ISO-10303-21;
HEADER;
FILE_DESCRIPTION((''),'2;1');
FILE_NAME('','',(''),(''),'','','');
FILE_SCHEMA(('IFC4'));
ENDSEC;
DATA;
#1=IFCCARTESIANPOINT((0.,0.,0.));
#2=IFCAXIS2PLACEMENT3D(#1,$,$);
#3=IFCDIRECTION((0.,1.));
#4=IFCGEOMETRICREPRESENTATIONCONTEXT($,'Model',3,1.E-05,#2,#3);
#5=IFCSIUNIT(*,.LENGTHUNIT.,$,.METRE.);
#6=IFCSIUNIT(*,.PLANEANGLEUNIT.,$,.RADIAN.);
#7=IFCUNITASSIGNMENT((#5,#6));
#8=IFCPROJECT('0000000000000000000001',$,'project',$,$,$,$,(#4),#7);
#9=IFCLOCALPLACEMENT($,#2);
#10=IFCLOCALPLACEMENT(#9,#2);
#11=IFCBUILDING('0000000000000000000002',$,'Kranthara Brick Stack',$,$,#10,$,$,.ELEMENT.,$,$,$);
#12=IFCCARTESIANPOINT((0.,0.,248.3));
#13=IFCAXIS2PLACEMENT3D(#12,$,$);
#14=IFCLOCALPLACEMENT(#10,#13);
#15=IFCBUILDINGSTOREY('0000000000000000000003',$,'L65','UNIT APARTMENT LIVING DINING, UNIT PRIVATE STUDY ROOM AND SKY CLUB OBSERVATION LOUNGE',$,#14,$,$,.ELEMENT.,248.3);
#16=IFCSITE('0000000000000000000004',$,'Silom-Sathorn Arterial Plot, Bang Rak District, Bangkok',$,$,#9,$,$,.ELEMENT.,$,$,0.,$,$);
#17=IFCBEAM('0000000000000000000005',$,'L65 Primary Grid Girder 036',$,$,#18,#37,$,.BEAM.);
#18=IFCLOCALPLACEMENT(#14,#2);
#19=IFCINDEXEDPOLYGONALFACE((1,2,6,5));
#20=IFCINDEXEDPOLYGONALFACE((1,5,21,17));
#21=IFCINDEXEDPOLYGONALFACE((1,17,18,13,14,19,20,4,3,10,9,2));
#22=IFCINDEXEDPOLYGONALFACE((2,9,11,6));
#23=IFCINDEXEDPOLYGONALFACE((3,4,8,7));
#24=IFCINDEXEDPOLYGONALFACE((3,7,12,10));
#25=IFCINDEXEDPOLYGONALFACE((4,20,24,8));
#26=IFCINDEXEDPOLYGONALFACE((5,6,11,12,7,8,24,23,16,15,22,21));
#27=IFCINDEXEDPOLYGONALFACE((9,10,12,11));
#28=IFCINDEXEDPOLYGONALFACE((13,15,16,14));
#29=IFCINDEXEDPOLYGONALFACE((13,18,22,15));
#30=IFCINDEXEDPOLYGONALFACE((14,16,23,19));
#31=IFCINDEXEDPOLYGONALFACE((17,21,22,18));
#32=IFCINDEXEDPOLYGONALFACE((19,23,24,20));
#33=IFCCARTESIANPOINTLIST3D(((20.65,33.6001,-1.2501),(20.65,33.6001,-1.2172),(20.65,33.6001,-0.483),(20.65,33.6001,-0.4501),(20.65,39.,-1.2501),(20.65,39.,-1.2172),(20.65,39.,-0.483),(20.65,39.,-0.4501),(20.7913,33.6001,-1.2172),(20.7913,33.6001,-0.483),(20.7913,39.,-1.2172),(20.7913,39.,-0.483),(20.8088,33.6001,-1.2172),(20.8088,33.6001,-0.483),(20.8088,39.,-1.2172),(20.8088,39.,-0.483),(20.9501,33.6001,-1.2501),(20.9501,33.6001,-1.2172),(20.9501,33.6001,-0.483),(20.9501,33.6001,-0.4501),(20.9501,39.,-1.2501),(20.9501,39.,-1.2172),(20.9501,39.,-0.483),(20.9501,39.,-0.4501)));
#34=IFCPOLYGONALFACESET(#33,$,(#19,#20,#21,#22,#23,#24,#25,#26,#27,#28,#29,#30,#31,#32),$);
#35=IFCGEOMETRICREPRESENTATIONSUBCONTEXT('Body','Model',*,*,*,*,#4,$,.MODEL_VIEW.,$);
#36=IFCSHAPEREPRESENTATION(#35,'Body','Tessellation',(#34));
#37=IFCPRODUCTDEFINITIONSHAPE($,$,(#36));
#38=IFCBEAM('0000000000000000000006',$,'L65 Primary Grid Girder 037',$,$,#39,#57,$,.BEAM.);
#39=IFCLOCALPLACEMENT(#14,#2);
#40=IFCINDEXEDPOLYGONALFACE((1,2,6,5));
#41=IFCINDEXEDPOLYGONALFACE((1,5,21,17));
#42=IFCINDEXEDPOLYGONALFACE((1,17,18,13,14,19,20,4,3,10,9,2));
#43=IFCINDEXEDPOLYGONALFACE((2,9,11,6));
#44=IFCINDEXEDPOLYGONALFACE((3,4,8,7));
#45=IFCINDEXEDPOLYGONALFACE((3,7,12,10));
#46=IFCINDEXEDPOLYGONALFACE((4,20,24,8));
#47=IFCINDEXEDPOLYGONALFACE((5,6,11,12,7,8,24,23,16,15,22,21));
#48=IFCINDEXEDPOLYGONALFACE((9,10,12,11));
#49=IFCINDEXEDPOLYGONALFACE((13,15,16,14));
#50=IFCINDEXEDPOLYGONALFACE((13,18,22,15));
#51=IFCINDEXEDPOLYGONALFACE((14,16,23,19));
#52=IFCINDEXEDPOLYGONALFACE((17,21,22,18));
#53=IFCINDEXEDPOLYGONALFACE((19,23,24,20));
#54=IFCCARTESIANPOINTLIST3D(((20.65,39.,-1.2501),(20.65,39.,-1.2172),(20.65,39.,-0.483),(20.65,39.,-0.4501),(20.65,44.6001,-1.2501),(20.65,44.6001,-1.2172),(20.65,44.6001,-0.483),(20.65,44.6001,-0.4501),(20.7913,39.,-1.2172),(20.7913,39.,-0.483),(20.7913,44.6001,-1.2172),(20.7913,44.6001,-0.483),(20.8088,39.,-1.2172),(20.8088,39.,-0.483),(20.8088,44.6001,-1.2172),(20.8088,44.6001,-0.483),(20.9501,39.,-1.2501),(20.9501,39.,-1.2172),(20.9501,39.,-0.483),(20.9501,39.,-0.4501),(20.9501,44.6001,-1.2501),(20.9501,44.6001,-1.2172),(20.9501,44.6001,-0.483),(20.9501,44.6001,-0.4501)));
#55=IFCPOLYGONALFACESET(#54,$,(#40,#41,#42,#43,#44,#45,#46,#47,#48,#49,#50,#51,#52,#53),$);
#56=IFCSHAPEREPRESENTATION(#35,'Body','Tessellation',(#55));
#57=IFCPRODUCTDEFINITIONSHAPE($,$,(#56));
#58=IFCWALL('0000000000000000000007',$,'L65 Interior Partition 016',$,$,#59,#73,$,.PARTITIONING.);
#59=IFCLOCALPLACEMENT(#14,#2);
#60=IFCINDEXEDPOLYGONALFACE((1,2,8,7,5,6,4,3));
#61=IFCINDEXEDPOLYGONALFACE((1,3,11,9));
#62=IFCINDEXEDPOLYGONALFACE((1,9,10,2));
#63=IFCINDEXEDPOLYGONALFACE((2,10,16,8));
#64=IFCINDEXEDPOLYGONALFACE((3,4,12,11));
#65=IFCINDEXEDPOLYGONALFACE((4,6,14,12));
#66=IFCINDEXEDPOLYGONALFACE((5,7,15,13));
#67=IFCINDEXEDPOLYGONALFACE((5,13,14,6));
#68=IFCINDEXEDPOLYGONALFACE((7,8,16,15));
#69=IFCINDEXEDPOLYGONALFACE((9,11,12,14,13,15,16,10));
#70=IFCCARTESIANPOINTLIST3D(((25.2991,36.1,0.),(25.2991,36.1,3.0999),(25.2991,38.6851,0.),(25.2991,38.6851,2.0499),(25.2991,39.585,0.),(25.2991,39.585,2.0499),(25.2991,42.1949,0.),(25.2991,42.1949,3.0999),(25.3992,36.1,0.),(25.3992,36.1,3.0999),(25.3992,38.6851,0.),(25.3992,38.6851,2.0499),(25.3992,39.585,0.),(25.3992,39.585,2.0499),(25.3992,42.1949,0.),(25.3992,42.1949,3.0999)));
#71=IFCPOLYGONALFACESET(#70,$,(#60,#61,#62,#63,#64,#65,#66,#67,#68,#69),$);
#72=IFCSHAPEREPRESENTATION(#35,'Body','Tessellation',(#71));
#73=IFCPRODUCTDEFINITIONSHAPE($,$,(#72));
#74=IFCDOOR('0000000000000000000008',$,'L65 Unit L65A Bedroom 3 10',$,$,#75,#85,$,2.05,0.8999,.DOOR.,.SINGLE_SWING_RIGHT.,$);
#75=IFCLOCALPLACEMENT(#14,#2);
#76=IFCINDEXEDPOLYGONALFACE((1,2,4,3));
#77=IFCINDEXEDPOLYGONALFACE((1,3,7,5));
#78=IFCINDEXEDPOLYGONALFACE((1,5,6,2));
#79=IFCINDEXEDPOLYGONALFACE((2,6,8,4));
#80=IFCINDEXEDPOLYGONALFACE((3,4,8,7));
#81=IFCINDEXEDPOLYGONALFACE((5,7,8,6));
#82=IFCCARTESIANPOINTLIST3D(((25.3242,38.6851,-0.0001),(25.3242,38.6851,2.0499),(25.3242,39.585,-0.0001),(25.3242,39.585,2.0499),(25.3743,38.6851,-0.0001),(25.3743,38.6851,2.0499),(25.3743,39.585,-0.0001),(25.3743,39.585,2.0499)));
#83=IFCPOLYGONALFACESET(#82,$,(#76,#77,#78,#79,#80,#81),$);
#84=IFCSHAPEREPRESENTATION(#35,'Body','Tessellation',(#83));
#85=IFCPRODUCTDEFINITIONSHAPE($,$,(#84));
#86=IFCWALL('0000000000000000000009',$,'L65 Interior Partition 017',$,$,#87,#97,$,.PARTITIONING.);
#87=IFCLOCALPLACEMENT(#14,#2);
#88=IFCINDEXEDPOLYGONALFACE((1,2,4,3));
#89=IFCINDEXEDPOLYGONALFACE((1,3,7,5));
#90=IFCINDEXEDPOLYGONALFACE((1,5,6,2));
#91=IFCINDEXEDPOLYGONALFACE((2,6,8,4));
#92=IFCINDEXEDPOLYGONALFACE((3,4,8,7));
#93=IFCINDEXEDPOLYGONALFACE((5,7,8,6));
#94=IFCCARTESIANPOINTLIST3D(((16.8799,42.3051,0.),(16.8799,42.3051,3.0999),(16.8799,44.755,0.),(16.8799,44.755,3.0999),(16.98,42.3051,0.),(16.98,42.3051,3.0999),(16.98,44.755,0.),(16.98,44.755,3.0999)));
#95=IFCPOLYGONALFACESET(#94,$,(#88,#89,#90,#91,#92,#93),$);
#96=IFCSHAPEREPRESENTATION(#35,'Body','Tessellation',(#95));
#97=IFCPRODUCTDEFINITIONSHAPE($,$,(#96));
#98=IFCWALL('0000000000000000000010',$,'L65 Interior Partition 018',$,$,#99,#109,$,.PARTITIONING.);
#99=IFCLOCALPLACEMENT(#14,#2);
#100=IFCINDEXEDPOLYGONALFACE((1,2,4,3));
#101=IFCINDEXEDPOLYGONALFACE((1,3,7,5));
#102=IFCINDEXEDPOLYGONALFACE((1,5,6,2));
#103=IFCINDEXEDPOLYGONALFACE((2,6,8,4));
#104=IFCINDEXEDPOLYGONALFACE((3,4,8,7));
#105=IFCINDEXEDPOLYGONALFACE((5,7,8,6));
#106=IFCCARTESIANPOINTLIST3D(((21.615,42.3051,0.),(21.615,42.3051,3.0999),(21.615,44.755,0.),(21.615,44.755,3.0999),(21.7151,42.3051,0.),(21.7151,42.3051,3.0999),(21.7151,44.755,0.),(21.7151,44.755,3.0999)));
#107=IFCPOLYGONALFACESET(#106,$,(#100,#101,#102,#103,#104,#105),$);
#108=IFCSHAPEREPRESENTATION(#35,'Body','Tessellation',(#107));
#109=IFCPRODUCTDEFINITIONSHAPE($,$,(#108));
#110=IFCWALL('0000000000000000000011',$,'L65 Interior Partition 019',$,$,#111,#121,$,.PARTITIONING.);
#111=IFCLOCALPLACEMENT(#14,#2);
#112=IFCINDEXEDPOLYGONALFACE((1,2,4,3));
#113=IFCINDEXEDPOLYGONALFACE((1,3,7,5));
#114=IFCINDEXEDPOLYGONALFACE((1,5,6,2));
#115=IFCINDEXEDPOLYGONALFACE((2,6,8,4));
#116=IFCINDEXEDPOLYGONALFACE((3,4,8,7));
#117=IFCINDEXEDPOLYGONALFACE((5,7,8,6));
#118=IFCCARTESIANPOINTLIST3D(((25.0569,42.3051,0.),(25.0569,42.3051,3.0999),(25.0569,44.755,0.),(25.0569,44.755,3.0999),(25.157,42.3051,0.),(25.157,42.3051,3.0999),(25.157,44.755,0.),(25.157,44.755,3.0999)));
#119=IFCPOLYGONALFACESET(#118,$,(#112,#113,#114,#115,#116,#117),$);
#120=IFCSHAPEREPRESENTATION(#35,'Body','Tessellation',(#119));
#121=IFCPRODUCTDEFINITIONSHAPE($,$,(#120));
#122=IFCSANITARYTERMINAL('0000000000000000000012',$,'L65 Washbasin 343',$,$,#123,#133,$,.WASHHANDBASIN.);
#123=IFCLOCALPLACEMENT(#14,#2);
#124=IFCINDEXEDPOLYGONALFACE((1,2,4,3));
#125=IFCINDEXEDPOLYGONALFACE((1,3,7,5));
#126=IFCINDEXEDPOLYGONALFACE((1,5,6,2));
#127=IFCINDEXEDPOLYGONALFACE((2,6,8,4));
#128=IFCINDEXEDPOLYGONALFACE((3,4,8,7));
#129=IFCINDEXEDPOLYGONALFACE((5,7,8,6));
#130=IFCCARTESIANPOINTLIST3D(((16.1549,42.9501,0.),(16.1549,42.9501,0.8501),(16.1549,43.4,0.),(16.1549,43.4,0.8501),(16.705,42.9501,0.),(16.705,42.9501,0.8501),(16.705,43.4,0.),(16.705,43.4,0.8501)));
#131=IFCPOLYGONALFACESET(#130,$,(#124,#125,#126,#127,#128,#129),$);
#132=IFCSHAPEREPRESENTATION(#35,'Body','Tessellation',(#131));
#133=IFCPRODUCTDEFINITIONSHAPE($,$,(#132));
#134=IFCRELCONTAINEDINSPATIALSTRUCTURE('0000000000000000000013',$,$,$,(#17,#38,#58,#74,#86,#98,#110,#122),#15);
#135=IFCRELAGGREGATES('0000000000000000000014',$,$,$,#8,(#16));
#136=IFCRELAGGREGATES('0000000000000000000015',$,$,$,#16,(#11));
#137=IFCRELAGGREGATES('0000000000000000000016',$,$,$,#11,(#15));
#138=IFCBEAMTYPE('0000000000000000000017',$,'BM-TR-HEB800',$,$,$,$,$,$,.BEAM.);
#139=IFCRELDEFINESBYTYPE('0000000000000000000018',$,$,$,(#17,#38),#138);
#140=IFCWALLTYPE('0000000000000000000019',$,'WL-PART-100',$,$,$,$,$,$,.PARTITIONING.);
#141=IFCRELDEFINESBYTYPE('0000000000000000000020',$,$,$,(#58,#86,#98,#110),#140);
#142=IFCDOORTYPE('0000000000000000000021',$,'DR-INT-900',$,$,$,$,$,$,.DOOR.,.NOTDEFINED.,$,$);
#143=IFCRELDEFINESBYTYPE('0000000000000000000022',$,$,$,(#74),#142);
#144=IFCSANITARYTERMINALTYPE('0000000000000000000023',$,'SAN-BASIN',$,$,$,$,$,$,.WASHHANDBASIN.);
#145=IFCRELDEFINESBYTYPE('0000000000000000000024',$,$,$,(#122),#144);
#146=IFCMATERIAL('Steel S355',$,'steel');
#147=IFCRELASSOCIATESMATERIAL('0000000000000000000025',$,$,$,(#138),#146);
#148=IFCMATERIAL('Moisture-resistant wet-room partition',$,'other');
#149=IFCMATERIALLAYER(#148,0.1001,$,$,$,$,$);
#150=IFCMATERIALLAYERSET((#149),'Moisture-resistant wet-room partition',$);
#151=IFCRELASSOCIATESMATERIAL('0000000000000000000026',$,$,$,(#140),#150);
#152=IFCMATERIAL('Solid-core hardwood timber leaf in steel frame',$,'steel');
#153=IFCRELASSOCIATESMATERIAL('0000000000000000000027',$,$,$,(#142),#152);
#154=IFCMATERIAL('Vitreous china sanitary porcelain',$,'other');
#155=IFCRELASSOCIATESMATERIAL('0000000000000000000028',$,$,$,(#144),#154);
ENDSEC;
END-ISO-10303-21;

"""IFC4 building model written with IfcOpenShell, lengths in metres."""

from ifc_helpers import new_model, si_unit, direction, frame, frame_2d, origin, origin_2d, place, context, subcontext, project, spatial, rectangle, i_section, extrude, material, layer, layer_set, material_profile, profile_set, type_object, element, fill, save


model = new_model("IFC4")

# Units and contexts
model_context = context("Model", 3, precision=1e-05, world=origin(), true_north=direction((0.0, 1.0)))
body_context = subcontext(model_context, "Body", "Model", "MODEL_VIEW")
ifc_project = project(units=[si_unit("LENGTHUNIT", "METRE"), si_unit("PLANEANGLEUNIT", "RADIAN")], contexts=[model_context])

# Site, building, storey
site_placement = place(None, origin())
site = spatial("IfcSite", under=ifc_project, at=site_placement, Name="Silom-Sathorn Arterial Plot, Bang Rak District, Bangkok", CompositionType="ELEMENT", RefElevation=0.0)
building_placement = place(site_placement, origin())
building = spatial("IfcBuilding", under=site, at=building_placement, Name="Kranthara Brick Stack", CompositionType="ELEMENT")
storey_placement = place(building_placement, frame((0.0, 0.0, 248.3)))
storey = spatial("IfcBuildingStorey", under=building, at=storey_placement, Name="L65", Description="UNIT APARTMENT LIVING DINING, UNIT PRIVATE STUDY ROOM AND SKY CLUB OBSERVATION LOUNGE", CompositionType="ELEMENT", Elevation=248.3)

# Beams
ifc_material_1 = material(Name="Steel S355", Category="steel")
ifc_material_profile_1 = material_profile(ifc_material_1, i_section(OverallWidth=0.3, OverallDepth=0.8, WebThickness=0.0176, FlangeThickness=0.033, at=origin_2d()), Name="HEB 800")
ifc_profile_set_1 = profile_set([ifc_material_profile_1], Name="Steel S355")
beam_type_1 = type_object("IfcBeamType", Name="BM-TR-HEB800", PredefinedType="BEAM", material=ifc_profile_set_1)
beam_1_placement = place(storey_placement, frame((20.8, 33.6001, -0.8501), z_axis=(0.0, 1.0, 0.0), x_axis=(-1.0, 0.0, 0.0)))
element("IfcBeam", 1, at=beam_1_placement, inside=storey, type_object=beam_type_1, Name="L65 Primary Grid Girder 036", PredefinedType="BEAM", context=body_context, shape_type="SweptSolid", body=[
    extrude(i_section(OverallWidth=0.3, OverallDepth=0.8, WebThickness=0.0176, FlangeThickness=0.033, at=origin_2d()), origin(), (0.0, 0.0, 1.0), 5.3999),
])
beam_2_placement = place(storey_placement, frame((20.8, 39.0, -0.8501), z_axis=(0.0, 1.0, 0.0), x_axis=(-1.0, 0.0, 0.0)))
element("IfcBeam", 2, at=beam_2_placement, inside=storey, type_object=beam_type_1, Name="L65 Primary Grid Girder 037", PredefinedType="BEAM", context=body_context, shape_type="SweptSolid", body=[
    extrude(i_section(OverallWidth=0.3, OverallDepth=0.8, WebThickness=0.0176, FlangeThickness=0.033, at=origin_2d()), origin(), (0.0, 0.0, 1.0), 5.6001),
])

# Wall, opening, door
ifc_material_2 = material(Name="Moisture-resistant wet-room partition", Category="other")
ifc_layer = layer(ifc_material_2, 0.1001)
ifc_layer_set = layer_set([ifc_layer], Name="Moisture-resistant wet-room partition")
wall_type = type_object("IfcWallType", Name="WL-PART-100", PredefinedType="PARTITIONING", material=ifc_layer_set)
wall_placement = place(storey_placement, frame((25.3491, 36.1001, 0.0), z_axis=(0.0, 0.0, 1.0), x_axis=(0.0, 1.0, 0.0)))
wall = element("IfcWall", 3, at=wall_placement, inside=storey, type_object=wall_type, Name="L65 Interior Partition 016", PredefinedType="PARTITIONING", context=body_context, shape_type="SweptSolid", body=[
    extrude(rectangle(XDim=6.095, YDim=0.1001, at=frame_2d((3.0474, 0.0))), origin(), (0.0, 0.0, 1.0), 3.0999),
])
opening_placement = place(wall_placement, frame((2.585, 0.0, 0.0)))
opening = element("IfcOpeningElement", 4, at=opening_placement, cuts=wall, PredefinedType="OPENING", context=body_context, shape_type="SweptSolid", body=[
    extrude(rectangle(XDim=0.8999, YDim=2.05, at=frame_2d((0.45, 1.0249))), frame((0.0, 0.0601, 0.0), z_axis=(0.0, -1.0, 0.0), x_axis=(1.0, 0.0, 0.0)), (0.0, 0.0, 1.0), 0.1201),
])
ifc_material_3 = material(Name="Solid-core hardwood timber leaf in steel frame", Category="steel")
door_type = type_object("IfcDoorType", Name="DR-INT-900", OperationType="NOTDEFINED", PredefinedType="DOOR", material=ifc_material_3)
door_placement = place(opening_placement, origin())
door = element("IfcDoor", 5, at=door_placement, inside=storey, type_object=door_type, Name="L65 Unit L65A Bedroom 3 10", OperationType="SINGLE_SWING_RIGHT", OverallHeight=2.05, OverallWidth=0.8999, PredefinedType="DOOR", context=body_context, shape_type="SweptSolid", body=[
    extrude(rectangle(XDim=0.8999, YDim=2.05, at=frame_2d((0.45, 1.0249))), frame((0.0, 0.0249, 0.0), z_axis=(0.0, -1.0, 0.0), x_axis=(1.0, 0.0, 0.0)), (0.0, 0.0, 1.0), 0.05),
])
fill(opening, door)

# Walls
for number, where, z_axis, x_axis, name in (
    (6, (16.9299, 42.3049, 0.0), (0.0, 0.0, 1.0), (0.0, 1.0, 0.0), "L65 Interior Partition 017"),
    (7, (21.665, 42.3049, 0.0), (0.0, 0.0, 1.0), (0.0, 1.0, 0.0), "L65 Interior Partition 018"),
    (8, (25.1069, 42.3049, 0.0), (0.0, 0.0, 1.0), (0.0, 1.0, 0.0), "L65 Interior Partition 019"),
):
    element("IfcWall", number, at=place(storey_placement, frame(where, z_axis=z_axis, x_axis=x_axis)), inside=storey, type_object=wall_type, Name=name, PredefinedType="PARTITIONING", context=body_context, shape_type="SweptSolid", body=[
        extrude(rectangle(XDim=2.45, YDim=0.1001, at=frame_2d((1.2251, 0.0))), origin(), (0.0, 0.0, 1.0), 3.0999),
    ])

# Sanitary terminal
ifc_material_4 = material(Name="Vitreous china sanitary porcelain", Category="other")
sanitary_terminal_type = type_object("IfcSanitaryTerminalType", Name="SAN-BASIN", PredefinedType="WASHHANDBASIN", material=ifc_material_4)
sanitary_terminal_placement = place(storey_placement, frame((16.4299, 43.175, 0.0), z_axis=(0.0, 0.0, 1.0), x_axis=(1.0, 0.0, 0.0)))
element("IfcSanitaryTerminal", 9, at=sanitary_terminal_placement, inside=storey, type_object=sanitary_terminal_type, Name="L65 Washbasin 343", PredefinedType="WASHHANDBASIN", context=body_context, shape_type="SweptSolid", body=[
    extrude(rectangle(XDim=0.55, YDim=0.45, at=origin_2d()), origin(), (0.0, 0.0, 1.0), 0.8501),
])

save(model, "model.ifc")
